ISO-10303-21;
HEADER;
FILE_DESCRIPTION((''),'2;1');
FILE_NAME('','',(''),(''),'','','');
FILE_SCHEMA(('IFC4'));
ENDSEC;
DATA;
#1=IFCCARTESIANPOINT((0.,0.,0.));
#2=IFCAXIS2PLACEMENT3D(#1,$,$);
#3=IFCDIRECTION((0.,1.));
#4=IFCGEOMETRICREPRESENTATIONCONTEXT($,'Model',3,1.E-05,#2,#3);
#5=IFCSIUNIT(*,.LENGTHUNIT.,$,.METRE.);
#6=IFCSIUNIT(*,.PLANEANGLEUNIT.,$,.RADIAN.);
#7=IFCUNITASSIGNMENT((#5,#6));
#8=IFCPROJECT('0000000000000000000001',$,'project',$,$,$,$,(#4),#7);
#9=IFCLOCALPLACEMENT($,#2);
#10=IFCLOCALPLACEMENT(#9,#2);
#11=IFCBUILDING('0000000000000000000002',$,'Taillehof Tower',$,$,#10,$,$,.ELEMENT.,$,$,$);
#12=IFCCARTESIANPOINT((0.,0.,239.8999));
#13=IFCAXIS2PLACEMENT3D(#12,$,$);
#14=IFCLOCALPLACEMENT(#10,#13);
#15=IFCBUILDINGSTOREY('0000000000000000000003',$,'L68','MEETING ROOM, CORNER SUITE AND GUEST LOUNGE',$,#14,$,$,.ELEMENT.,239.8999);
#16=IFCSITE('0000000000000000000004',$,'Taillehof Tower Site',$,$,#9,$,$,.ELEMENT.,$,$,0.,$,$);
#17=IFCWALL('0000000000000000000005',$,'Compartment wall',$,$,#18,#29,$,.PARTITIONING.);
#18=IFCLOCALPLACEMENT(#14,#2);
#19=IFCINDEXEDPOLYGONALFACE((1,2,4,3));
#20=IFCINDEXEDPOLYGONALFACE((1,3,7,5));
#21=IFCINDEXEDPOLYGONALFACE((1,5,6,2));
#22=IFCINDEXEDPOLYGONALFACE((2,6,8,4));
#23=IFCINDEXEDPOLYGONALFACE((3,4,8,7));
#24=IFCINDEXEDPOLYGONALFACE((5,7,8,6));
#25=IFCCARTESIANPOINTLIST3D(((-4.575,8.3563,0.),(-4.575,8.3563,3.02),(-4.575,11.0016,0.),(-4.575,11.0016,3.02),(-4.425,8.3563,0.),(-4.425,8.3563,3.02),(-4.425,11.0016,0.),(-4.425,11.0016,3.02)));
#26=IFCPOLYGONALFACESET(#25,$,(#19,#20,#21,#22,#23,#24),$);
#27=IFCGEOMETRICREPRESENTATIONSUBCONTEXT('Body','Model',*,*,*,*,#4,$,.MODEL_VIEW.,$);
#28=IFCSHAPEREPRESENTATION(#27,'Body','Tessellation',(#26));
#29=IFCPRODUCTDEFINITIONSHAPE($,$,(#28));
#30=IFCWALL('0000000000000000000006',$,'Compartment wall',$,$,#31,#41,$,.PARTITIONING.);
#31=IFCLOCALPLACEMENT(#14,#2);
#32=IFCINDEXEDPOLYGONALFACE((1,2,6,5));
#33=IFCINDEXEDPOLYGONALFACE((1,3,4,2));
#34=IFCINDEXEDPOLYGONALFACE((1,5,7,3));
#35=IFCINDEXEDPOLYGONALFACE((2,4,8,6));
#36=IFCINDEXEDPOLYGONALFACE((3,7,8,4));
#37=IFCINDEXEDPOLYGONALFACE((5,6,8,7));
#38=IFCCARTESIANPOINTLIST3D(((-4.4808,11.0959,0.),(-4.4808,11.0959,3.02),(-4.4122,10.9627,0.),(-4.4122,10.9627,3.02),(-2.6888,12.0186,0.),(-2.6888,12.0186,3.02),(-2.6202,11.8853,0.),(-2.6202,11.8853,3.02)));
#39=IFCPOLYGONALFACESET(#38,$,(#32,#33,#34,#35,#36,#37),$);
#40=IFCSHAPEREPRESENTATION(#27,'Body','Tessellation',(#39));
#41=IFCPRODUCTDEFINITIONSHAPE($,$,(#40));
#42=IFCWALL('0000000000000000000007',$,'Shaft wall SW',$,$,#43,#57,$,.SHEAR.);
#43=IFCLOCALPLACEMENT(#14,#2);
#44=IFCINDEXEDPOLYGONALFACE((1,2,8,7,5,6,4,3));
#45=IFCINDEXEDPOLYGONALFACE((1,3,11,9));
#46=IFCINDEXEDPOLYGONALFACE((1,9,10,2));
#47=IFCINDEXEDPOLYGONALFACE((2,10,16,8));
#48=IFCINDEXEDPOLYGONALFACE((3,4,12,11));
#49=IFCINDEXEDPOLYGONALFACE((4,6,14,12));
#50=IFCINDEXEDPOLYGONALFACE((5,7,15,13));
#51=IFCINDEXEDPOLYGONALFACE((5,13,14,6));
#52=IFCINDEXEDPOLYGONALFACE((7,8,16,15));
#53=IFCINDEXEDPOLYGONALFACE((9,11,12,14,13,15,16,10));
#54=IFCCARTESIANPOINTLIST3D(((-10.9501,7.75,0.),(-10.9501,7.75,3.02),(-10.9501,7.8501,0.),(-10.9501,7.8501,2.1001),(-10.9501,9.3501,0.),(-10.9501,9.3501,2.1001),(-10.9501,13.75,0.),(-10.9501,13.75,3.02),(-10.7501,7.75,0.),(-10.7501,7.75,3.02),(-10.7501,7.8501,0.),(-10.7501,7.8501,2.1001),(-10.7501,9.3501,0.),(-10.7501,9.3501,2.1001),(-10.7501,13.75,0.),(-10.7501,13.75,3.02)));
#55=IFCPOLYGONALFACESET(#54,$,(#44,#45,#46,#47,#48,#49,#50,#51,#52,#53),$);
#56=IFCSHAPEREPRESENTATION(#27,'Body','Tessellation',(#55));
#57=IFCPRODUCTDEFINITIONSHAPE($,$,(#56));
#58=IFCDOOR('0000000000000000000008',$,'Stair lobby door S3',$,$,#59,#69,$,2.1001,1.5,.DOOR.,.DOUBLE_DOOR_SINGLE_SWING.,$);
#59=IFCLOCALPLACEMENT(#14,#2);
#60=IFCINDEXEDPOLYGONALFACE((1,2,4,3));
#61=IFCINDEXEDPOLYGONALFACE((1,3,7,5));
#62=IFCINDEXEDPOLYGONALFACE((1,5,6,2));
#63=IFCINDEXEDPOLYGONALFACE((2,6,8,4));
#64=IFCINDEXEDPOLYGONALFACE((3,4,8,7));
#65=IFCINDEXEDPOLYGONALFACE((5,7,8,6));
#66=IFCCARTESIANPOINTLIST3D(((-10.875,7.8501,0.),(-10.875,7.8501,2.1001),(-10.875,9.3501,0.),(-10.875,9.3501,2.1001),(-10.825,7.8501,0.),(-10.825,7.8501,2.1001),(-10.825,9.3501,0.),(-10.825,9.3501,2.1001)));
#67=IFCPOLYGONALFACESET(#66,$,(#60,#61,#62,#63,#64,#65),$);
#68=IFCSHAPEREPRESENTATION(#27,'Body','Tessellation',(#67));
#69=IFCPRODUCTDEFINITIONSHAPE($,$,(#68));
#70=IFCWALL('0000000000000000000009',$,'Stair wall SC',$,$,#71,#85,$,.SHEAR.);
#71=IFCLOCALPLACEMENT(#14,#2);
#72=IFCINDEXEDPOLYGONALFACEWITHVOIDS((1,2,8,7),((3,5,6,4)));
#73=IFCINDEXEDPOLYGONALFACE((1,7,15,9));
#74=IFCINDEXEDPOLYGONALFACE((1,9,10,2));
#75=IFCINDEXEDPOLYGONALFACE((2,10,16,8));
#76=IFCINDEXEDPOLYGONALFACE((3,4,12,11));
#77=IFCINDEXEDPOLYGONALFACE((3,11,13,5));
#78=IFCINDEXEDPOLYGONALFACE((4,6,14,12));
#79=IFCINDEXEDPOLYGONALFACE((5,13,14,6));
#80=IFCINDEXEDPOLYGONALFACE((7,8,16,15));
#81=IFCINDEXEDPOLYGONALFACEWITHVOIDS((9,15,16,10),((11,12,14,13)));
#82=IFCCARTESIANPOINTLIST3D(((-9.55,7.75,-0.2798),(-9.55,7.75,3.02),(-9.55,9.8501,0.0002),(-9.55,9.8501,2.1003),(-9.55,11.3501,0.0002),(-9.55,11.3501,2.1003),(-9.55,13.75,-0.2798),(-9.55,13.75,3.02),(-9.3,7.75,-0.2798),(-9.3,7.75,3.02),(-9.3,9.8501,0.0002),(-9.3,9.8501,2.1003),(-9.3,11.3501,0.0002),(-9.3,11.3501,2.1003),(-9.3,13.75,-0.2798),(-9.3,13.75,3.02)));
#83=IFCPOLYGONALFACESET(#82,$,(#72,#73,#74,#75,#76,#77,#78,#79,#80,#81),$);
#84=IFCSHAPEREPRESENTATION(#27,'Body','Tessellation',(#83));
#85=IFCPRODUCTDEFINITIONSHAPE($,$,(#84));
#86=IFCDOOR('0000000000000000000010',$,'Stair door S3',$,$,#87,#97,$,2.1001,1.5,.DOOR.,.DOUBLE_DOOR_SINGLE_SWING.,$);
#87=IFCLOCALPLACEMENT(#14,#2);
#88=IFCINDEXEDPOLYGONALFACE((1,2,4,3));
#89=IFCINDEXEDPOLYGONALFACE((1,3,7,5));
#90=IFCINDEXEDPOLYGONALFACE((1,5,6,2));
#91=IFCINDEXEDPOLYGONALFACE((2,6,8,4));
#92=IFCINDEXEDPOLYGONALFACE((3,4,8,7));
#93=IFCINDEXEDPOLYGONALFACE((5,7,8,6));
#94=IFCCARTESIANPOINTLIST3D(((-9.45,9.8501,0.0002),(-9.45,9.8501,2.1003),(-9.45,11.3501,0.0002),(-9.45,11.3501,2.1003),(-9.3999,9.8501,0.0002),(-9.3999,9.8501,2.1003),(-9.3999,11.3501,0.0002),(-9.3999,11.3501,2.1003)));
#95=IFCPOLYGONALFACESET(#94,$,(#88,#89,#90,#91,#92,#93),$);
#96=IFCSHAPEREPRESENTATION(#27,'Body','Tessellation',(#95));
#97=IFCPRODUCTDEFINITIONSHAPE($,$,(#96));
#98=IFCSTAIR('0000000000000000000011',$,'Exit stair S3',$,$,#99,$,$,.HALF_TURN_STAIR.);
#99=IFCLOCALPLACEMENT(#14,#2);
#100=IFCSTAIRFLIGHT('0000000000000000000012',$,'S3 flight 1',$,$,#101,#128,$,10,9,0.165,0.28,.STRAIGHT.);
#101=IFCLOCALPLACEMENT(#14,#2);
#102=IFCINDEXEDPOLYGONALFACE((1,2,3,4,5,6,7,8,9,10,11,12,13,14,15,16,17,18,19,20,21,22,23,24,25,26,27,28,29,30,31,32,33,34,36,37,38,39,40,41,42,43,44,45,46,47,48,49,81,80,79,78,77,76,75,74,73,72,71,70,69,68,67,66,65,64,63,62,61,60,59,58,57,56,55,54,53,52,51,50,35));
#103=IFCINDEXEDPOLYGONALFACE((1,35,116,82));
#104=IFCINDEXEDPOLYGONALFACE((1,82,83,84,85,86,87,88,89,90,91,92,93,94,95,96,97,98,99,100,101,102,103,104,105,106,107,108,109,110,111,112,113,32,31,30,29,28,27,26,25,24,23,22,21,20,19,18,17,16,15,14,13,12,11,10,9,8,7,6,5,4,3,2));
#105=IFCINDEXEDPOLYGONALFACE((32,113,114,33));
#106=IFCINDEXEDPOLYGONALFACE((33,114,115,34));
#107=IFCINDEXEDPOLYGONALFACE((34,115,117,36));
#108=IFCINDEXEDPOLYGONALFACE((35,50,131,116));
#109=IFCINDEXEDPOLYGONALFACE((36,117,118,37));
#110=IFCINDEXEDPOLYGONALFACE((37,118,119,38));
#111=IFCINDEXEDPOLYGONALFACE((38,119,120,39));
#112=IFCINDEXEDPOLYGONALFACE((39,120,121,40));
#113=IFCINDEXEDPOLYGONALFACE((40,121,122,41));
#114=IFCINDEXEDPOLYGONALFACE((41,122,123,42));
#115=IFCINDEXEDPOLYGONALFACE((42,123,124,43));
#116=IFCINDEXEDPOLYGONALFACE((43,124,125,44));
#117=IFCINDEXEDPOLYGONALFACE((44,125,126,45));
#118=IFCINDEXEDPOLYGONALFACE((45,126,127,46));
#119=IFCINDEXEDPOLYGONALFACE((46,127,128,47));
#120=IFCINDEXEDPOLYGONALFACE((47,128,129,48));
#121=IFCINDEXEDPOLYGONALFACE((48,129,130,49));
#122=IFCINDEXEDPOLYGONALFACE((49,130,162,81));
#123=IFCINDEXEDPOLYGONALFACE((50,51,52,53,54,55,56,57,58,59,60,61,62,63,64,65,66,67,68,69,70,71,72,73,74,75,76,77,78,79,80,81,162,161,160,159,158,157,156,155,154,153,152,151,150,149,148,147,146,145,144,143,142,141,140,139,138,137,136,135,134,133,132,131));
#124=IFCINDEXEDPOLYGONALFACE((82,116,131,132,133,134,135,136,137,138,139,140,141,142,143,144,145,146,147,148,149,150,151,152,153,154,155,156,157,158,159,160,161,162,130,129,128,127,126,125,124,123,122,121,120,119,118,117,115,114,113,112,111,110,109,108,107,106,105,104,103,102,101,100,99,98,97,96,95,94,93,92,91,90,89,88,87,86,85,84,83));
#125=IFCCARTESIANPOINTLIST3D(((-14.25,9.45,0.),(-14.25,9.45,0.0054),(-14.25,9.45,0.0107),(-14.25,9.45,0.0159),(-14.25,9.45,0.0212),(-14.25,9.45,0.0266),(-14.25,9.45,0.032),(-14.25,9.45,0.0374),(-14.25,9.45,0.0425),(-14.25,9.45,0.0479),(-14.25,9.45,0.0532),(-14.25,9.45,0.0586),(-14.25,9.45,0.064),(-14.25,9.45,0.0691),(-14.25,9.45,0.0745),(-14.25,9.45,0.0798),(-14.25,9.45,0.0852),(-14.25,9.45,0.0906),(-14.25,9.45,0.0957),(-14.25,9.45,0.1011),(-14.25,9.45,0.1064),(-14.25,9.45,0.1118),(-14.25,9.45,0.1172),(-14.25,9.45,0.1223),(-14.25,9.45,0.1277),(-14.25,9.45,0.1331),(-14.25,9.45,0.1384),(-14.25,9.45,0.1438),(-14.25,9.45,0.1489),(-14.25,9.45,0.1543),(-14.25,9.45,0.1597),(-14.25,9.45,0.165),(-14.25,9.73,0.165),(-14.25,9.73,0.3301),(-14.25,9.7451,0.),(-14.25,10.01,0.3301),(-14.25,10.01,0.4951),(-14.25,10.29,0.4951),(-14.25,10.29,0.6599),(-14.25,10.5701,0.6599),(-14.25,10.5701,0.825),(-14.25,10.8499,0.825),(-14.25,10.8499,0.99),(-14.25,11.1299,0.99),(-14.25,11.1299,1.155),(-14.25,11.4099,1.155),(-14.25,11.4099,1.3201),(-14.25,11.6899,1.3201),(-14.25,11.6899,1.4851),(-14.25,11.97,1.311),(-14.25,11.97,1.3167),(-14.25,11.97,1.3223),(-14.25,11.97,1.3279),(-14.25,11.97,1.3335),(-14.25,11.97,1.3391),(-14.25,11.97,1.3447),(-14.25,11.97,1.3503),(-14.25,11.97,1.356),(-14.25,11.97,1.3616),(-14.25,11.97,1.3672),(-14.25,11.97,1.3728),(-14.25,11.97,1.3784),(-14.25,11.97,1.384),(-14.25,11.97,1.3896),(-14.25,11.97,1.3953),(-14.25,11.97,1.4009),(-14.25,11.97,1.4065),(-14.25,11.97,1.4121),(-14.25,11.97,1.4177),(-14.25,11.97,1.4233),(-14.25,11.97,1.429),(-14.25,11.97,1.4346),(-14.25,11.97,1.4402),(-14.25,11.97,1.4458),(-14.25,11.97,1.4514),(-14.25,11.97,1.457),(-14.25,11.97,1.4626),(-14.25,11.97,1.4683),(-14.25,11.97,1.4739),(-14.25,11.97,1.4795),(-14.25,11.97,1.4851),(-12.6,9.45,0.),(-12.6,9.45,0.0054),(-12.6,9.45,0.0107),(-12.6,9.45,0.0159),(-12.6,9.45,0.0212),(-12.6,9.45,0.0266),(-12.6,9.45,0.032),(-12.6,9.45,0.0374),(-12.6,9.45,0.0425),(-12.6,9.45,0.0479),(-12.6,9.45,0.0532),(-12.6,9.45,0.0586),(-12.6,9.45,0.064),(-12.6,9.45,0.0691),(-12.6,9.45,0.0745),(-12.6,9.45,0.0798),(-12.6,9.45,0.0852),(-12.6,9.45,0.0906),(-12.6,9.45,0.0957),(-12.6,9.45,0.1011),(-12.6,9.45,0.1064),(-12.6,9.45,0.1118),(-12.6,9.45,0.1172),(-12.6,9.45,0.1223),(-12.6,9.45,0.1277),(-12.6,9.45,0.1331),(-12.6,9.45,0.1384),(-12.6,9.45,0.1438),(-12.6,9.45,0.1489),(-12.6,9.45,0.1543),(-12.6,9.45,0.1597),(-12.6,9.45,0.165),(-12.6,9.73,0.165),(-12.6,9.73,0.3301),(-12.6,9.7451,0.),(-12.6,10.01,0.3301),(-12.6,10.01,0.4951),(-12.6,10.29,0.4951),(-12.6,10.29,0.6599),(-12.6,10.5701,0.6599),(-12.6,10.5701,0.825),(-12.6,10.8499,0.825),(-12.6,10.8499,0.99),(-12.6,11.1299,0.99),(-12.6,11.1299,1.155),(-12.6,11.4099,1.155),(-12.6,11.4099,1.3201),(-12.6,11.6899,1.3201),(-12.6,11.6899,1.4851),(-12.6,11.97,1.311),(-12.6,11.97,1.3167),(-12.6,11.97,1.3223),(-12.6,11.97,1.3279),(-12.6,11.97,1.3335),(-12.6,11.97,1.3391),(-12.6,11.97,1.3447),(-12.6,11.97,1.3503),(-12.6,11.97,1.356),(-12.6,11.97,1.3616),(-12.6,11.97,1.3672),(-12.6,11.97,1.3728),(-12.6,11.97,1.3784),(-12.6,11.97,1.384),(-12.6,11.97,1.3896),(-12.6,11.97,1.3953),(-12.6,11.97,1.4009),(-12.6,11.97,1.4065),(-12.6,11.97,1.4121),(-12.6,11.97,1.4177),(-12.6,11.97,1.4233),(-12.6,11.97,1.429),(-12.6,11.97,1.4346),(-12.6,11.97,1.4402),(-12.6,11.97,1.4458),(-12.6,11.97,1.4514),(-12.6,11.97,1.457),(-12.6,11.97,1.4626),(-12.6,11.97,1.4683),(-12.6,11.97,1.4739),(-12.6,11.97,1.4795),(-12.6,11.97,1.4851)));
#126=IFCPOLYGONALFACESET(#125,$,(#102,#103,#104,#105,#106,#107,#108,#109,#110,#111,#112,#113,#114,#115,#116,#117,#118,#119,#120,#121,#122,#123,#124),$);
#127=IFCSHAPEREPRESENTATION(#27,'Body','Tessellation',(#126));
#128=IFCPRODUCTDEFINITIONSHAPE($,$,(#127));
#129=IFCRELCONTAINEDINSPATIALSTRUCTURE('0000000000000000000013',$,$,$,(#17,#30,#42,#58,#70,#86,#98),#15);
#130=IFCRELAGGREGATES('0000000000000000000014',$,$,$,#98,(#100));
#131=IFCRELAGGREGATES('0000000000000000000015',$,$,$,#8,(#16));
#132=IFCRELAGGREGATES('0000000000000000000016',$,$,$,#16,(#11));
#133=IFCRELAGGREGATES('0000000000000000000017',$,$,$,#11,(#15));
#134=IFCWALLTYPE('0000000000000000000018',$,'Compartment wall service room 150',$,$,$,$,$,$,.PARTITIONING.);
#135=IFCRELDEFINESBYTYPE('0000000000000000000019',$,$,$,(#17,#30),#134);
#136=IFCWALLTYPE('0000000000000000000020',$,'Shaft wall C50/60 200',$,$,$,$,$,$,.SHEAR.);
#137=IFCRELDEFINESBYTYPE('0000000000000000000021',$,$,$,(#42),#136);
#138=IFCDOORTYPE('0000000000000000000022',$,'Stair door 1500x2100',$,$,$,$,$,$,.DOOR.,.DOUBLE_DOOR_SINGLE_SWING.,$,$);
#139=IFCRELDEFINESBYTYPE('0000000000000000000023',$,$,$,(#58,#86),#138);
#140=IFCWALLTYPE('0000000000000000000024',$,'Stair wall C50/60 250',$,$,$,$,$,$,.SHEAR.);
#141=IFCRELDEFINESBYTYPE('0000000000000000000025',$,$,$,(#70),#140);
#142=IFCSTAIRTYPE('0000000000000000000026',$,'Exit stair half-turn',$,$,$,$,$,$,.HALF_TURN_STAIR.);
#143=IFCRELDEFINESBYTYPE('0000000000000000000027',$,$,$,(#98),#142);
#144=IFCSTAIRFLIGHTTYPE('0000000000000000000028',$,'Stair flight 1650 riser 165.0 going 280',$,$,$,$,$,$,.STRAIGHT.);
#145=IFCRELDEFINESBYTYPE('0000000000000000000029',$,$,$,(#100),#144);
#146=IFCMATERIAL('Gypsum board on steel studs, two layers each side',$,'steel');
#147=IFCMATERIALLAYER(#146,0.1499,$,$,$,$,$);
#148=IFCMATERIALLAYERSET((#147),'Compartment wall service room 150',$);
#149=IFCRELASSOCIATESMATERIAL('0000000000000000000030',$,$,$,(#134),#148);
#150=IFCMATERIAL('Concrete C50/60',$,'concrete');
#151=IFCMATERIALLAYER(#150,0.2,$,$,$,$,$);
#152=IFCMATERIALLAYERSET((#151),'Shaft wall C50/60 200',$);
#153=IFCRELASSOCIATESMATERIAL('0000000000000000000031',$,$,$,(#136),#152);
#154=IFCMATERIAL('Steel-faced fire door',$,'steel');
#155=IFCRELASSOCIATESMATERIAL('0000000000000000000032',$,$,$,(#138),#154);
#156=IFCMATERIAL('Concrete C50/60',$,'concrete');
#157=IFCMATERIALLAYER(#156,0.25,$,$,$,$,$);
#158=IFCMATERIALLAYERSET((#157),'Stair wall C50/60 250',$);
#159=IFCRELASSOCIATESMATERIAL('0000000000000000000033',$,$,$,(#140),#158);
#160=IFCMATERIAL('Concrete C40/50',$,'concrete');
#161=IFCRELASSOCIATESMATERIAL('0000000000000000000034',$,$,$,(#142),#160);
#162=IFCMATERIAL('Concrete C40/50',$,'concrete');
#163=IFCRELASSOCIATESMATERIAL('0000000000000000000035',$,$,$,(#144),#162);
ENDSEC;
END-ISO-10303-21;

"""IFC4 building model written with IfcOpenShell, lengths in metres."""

from ifc_helpers import new_model, si_unit, direction, frame, frame_2d, origin, place, context, subcontext, project, spatial, polyline, rectangle, outline, extrude, material, layer, layer_set, type_object, element, fill, aggregate, save


model = new_model("IFC4")

# Units and contexts
model_context = context("Model", 3, precision=1e-05, world=origin(), true_north=direction((0.0, 1.0)))
body_context = subcontext(model_context, "Body", "Model", "MODEL_VIEW")
ifc_project = project(units=[si_unit("LENGTHUNIT", "METRE"), si_unit("PLANEANGLEUNIT", "RADIAN")], contexts=[model_context])

# Site, building, storey
site_placement = place(None, origin())
site = spatial("IfcSite", under=ifc_project, at=site_placement, Name="Taillehof Tower Site", CompositionType="ELEMENT", RefElevation=0.0)
building_placement = place(site_placement, origin())
building = spatial("IfcBuilding", under=site, at=building_placement, Name="Taillehof Tower", CompositionType="ELEMENT")
storey_placement = place(building_placement, frame((0.0, 0.0, 239.8999)))
storey = spatial("IfcBuildingStorey", under=building, at=storey_placement, Name="L68", Description="MEETING ROOM, CORNER SUITE AND GUEST LOUNGE", CompositionType="ELEMENT", Elevation=239.8999)

# Shared definitions
ifc_material_1 = material(Name="Gypsum board on steel studs, two layers each side", Category="steel")
ifc_layer_1 = layer(ifc_material_1, 0.1499)
ifc_layer_set_1 = layer_set([ifc_layer_1], Name="Compartment wall service room 150")
wall_type_1 = type_object("IfcWallType", Name="Compartment wall service room 150", PredefinedType="PARTITIONING", material=ifc_layer_set_1)

# Walls
wall_1_placement = place(storey_placement, frame((-4.5, 8.3562, 0.0), z_axis=(0.0, 0.0, 1.0), x_axis=(0.0, 1.0, 0.0)))
element("IfcWall", 1, at=wall_1_placement, inside=storey, type_object=wall_type_1, Name="Compartment wall", PredefinedType="PARTITIONING", context=body_context, shape_type="SweptSolid", body=[
    extrude(rectangle(XDim=2.6453, YDim=0.1499, at=frame_2d((1.3228, 0.0))), origin(), (0.0, 0.0, 1.0), 3.02),
])
wall_2_placement = place(storey_placement, frame((-4.4465, 11.0293, 0.0), z_axis=(0.0, 0.0, 1.0), x_axis=(0.889084, 0.457745, 0.0)))
element("IfcWall", 2, at=wall_2_placement, inside=storey, type_object=wall_type_1, Name="Compartment wall", PredefinedType="PARTITIONING", context=body_context, shape_type="SweptSolid", body=[
    extrude(rectangle(XDim=2.0156, YDim=0.1499, at=frame_2d((1.0078, 0.0))), origin(), (0.0, 0.0, 1.0), 3.02),
])

# Walls, openings, doors
ifc_material_2 = material(Name="Concrete C50/60", Category="concrete")
ifc_layer_2 = layer(ifc_material_2, 0.2)
ifc_layer_set_2 = layer_set([ifc_layer_2], Name="Shaft wall C50/60 200")
wall_type_2 = type_object("IfcWallType", Name="Shaft wall C50/60 200", PredefinedType="SHEAR", material=ifc_layer_set_2)
wall_3_placement = place(storey_placement, frame((-10.8501, 7.75, 0.0), z_axis=(0.0, 0.0, 1.0), x_axis=(0.0, 1.0, 0.0)))
wall_3 = element("IfcWall", 3, at=wall_3_placement, inside=storey, type_object=wall_type_2, Name="Shaft wall SW", PredefinedType="SHEAR", context=body_context, shape_type="SweptSolid", body=[
    extrude(rectangle(XDim=6.0, YDim=0.2, at=frame_2d((3.0, 0.0))), origin(), (0.0, 0.0, 1.0), 3.02),
])
opening_1_placement = place(wall_3_placement, frame((0.1001, 0.0, 0.0)))
opening_1 = element("IfcOpeningElement", 4, at=opening_1_placement, cuts=wall_3, PredefinedType="OPENING", context=body_context, shape_type="SweptSolid", body=[
    extrude(rectangle(XDim=1.5, YDim=2.1001, at=frame_2d((0.75, 1.05))), frame((0.0, 0.1099, 0.0), z_axis=(0.0, -1.0, 0.0), x_axis=(1.0, 0.0, 0.0)), (0.0, 0.0, 1.0), 0.22),
])
ifc_material_3 = material(Name="Steel-faced fire door", Category="steel")
door_type_1 = type_object("IfcDoorType", Name="Stair door 1500x2100", OperationType="DOUBLE_DOOR_SINGLE_SWING", PredefinedType="DOOR", material=ifc_material_3)
door_1_placement = place(opening_1_placement, origin())
door_1 = element("IfcDoor", 5, at=door_1_placement, inside=storey, type_object=door_type_1, Name="Stair lobby door S3", OperationType="DOUBLE_DOOR_SINGLE_SWING", OverallHeight=2.1001, OverallWidth=1.5, PredefinedType="DOOR", context=body_context, shape_type="SweptSolid", body=[
    extrude(rectangle(XDim=1.5, YDim=2.1001, at=frame_2d((0.75, 1.05))), frame((0.0, 0.0249, 0.0), z_axis=(0.0, -1.0, 0.0), x_axis=(1.0, 0.0, 0.0)), (0.0, 0.0, 1.0), 0.05),
])
fill(opening_1, door_1)
ifc_material_4 = material(Name="Concrete C50/60", Category="concrete")
ifc_layer_3 = layer(ifc_material_4, 0.25)
ifc_layer_set_3 = layer_set([ifc_layer_3], Name="Stair wall C50/60 250")
wall_type_3 = type_object("IfcWallType", Name="Stair wall C50/60 250", PredefinedType="SHEAR", material=ifc_layer_set_3)
wall_4_placement = place(storey_placement, frame((-9.425, 7.75, -0.2798), z_axis=(0.0, 0.0, 1.0), x_axis=(0.0, 1.0, 0.0)))
wall_4 = element("IfcWall", 6, at=wall_4_placement, inside=storey, type_object=wall_type_3, Name="Stair wall SC", PredefinedType="SHEAR", context=body_context, shape_type="SweptSolid", body=[
    extrude(rectangle(XDim=6.0, YDim=0.25, at=frame_2d((3.0, 0.0))), origin(), (0.0, 0.0, 1.0), 3.2998),
])
opening_2_placement = place(wall_4_placement, frame((2.1001, 0.0, 0.28)))
opening_2 = element("IfcOpeningElement", 7, at=opening_2_placement, cuts=wall_4, PredefinedType="OPENING", context=body_context, shape_type="SweptSolid", body=[
    extrude(rectangle(XDim=1.5, YDim=2.1001, at=frame_2d((0.75, 1.05))), frame((0.0, 0.135, 0.0), z_axis=(0.0, -1.0, 0.0), x_axis=(1.0, 0.0, 0.0)), (0.0, 0.0, 1.0), 0.27),
])
door_2_placement = place(opening_2_placement, origin())
door_2 = element("IfcDoor", 8, at=door_2_placement, inside=storey, type_object=door_type_1, Name="Stair door S3", OperationType="DOUBLE_DOOR_SINGLE_SWING", OverallHeight=2.1001, OverallWidth=1.5, PredefinedType="DOOR", context=body_context, shape_type="SweptSolid", body=[
    extrude(rectangle(XDim=1.5, YDim=2.1001, at=frame_2d((0.75, 1.05))), frame((0.0, 0.0249, 0.0), z_axis=(0.0, -1.0, 0.0), x_axis=(1.0, 0.0, 0.0)), (0.0, 0.0, 1.0), 0.05),
])
fill(opening_2, door_2)

# Stair, stair flight
ifc_material_5 = material(Name="Concrete C40/50", Category="concrete")
stair_type = type_object("IfcStairType", Name="Exit stair half-turn", PredefinedType="HALF_TURN_STAIR", material=ifc_material_5)
stair_placement = place(storey_placement, origin())
stair = element("IfcStair", 9, at=stair_placement, inside=storey, type_object=stair_type, Name="Exit stair S3", PredefinedType="HALF_TURN_STAIR")
ifc_material_6 = material(Name="Concrete C40/50", Category="concrete")
stair_flight_type = type_object("IfcStairFlightType", Name="Stair flight 1650 riser 165.0 going 280", PredefinedType="STRAIGHT", material=ifc_material_6)
stair_flight_1_placement = place(storey_placement, frame((-13.425, 9.45, 0.0), z_axis=(0.0, 0.0, 1.0), x_axis=(0.0, 1.0, 0.0)))
stair_flight_1 = element("IfcStairFlight", 10, at=stair_flight_1_placement, type_object=stair_flight_type, Name="S3 flight 1", NumberOfRisers=10, NumberOfTreads=9, PredefinedType="STRAIGHT", RiserHeight=0.165, TreadLength=0.28, context=body_context, shape_type="SweptSolid", body=[
    extrude(outline(polyline([(0.0, 0.0), (0.0, 0.0054), (0.0, 0.0107), (0.0, 0.0159), (0.0, 0.0212), (0.0, 0.0266), (0.0, 0.032), (0.0, 0.0374), (0.0, 0.0425), (0.0, 0.0479), (0.0, 0.0532), (0.0, 0.0586), (0.0, 0.064), (0.0, 0.0691), (0.0, 0.0745), (0.0, 0.0798), (0.0, 0.0852), (0.0, 0.0906), (0.0, 0.0957), (0.0, 0.1011), (0.0, 0.1064), (0.0, 0.1118), (0.0, 0.1172), (0.0, 0.1223), (0.0, 0.1277), (0.0, 0.1331), (0.0, 0.1384), (0.0, 0.1438), (0.0, 0.1489), (0.0, 0.1543), (0.0, 0.1597), (0.0, 0.165), (0.28, 0.165), (0.28, 0.3301), (0.5601, 0.3301), (0.5601, 0.4951), (0.8401, 0.4951), (0.8401, 0.6599), (1.1201, 0.6599), (1.1201, 0.825), (1.3999, 0.825), (1.3999, 0.99), (1.6799, 0.99), (1.6799, 1.155), (1.96, 1.155), (1.96, 1.3201), (2.24, 1.3201), (2.24, 1.4851), (2.52, 1.4851), (2.52, 1.4795), (2.52, 1.4739), (2.52, 1.4683), (2.52, 1.4626), (2.52, 1.457), (2.52, 1.4514), (2.52, 1.4458), (2.52, 1.4402), (2.52, 1.4346), (2.52, 1.429), (2.52, 1.4233), (2.52, 1.4177), (2.52, 1.4121), (2.52, 1.4065), (2.52, 1.4009), (2.52, 1.3953), (2.52, 1.3896), (2.52, 1.384), (2.52, 1.3784), (2.52, 1.3728), (2.52, 1.3672), (2.52, 1.3616), (2.52, 1.356), (2.52, 1.3503), (2.52, 1.3447), (2.52, 1.3391), (2.52, 1.3335), (2.52, 1.3279), (2.52, 1.3223), (2.52, 1.3167), (2.52, 1.311), (0.2952, 0.0), (0.0, 0.0)])), frame((0.0, 0.825, 0.0), z_axis=(0.0, -1.0, 0.0), x_axis=(1.0, 0.0, 0.0)), (0.0, 0.0, 1.0), 1.65),
])
aggregate(stair, [stair_flight_1])

save(model, "model.ifc")
